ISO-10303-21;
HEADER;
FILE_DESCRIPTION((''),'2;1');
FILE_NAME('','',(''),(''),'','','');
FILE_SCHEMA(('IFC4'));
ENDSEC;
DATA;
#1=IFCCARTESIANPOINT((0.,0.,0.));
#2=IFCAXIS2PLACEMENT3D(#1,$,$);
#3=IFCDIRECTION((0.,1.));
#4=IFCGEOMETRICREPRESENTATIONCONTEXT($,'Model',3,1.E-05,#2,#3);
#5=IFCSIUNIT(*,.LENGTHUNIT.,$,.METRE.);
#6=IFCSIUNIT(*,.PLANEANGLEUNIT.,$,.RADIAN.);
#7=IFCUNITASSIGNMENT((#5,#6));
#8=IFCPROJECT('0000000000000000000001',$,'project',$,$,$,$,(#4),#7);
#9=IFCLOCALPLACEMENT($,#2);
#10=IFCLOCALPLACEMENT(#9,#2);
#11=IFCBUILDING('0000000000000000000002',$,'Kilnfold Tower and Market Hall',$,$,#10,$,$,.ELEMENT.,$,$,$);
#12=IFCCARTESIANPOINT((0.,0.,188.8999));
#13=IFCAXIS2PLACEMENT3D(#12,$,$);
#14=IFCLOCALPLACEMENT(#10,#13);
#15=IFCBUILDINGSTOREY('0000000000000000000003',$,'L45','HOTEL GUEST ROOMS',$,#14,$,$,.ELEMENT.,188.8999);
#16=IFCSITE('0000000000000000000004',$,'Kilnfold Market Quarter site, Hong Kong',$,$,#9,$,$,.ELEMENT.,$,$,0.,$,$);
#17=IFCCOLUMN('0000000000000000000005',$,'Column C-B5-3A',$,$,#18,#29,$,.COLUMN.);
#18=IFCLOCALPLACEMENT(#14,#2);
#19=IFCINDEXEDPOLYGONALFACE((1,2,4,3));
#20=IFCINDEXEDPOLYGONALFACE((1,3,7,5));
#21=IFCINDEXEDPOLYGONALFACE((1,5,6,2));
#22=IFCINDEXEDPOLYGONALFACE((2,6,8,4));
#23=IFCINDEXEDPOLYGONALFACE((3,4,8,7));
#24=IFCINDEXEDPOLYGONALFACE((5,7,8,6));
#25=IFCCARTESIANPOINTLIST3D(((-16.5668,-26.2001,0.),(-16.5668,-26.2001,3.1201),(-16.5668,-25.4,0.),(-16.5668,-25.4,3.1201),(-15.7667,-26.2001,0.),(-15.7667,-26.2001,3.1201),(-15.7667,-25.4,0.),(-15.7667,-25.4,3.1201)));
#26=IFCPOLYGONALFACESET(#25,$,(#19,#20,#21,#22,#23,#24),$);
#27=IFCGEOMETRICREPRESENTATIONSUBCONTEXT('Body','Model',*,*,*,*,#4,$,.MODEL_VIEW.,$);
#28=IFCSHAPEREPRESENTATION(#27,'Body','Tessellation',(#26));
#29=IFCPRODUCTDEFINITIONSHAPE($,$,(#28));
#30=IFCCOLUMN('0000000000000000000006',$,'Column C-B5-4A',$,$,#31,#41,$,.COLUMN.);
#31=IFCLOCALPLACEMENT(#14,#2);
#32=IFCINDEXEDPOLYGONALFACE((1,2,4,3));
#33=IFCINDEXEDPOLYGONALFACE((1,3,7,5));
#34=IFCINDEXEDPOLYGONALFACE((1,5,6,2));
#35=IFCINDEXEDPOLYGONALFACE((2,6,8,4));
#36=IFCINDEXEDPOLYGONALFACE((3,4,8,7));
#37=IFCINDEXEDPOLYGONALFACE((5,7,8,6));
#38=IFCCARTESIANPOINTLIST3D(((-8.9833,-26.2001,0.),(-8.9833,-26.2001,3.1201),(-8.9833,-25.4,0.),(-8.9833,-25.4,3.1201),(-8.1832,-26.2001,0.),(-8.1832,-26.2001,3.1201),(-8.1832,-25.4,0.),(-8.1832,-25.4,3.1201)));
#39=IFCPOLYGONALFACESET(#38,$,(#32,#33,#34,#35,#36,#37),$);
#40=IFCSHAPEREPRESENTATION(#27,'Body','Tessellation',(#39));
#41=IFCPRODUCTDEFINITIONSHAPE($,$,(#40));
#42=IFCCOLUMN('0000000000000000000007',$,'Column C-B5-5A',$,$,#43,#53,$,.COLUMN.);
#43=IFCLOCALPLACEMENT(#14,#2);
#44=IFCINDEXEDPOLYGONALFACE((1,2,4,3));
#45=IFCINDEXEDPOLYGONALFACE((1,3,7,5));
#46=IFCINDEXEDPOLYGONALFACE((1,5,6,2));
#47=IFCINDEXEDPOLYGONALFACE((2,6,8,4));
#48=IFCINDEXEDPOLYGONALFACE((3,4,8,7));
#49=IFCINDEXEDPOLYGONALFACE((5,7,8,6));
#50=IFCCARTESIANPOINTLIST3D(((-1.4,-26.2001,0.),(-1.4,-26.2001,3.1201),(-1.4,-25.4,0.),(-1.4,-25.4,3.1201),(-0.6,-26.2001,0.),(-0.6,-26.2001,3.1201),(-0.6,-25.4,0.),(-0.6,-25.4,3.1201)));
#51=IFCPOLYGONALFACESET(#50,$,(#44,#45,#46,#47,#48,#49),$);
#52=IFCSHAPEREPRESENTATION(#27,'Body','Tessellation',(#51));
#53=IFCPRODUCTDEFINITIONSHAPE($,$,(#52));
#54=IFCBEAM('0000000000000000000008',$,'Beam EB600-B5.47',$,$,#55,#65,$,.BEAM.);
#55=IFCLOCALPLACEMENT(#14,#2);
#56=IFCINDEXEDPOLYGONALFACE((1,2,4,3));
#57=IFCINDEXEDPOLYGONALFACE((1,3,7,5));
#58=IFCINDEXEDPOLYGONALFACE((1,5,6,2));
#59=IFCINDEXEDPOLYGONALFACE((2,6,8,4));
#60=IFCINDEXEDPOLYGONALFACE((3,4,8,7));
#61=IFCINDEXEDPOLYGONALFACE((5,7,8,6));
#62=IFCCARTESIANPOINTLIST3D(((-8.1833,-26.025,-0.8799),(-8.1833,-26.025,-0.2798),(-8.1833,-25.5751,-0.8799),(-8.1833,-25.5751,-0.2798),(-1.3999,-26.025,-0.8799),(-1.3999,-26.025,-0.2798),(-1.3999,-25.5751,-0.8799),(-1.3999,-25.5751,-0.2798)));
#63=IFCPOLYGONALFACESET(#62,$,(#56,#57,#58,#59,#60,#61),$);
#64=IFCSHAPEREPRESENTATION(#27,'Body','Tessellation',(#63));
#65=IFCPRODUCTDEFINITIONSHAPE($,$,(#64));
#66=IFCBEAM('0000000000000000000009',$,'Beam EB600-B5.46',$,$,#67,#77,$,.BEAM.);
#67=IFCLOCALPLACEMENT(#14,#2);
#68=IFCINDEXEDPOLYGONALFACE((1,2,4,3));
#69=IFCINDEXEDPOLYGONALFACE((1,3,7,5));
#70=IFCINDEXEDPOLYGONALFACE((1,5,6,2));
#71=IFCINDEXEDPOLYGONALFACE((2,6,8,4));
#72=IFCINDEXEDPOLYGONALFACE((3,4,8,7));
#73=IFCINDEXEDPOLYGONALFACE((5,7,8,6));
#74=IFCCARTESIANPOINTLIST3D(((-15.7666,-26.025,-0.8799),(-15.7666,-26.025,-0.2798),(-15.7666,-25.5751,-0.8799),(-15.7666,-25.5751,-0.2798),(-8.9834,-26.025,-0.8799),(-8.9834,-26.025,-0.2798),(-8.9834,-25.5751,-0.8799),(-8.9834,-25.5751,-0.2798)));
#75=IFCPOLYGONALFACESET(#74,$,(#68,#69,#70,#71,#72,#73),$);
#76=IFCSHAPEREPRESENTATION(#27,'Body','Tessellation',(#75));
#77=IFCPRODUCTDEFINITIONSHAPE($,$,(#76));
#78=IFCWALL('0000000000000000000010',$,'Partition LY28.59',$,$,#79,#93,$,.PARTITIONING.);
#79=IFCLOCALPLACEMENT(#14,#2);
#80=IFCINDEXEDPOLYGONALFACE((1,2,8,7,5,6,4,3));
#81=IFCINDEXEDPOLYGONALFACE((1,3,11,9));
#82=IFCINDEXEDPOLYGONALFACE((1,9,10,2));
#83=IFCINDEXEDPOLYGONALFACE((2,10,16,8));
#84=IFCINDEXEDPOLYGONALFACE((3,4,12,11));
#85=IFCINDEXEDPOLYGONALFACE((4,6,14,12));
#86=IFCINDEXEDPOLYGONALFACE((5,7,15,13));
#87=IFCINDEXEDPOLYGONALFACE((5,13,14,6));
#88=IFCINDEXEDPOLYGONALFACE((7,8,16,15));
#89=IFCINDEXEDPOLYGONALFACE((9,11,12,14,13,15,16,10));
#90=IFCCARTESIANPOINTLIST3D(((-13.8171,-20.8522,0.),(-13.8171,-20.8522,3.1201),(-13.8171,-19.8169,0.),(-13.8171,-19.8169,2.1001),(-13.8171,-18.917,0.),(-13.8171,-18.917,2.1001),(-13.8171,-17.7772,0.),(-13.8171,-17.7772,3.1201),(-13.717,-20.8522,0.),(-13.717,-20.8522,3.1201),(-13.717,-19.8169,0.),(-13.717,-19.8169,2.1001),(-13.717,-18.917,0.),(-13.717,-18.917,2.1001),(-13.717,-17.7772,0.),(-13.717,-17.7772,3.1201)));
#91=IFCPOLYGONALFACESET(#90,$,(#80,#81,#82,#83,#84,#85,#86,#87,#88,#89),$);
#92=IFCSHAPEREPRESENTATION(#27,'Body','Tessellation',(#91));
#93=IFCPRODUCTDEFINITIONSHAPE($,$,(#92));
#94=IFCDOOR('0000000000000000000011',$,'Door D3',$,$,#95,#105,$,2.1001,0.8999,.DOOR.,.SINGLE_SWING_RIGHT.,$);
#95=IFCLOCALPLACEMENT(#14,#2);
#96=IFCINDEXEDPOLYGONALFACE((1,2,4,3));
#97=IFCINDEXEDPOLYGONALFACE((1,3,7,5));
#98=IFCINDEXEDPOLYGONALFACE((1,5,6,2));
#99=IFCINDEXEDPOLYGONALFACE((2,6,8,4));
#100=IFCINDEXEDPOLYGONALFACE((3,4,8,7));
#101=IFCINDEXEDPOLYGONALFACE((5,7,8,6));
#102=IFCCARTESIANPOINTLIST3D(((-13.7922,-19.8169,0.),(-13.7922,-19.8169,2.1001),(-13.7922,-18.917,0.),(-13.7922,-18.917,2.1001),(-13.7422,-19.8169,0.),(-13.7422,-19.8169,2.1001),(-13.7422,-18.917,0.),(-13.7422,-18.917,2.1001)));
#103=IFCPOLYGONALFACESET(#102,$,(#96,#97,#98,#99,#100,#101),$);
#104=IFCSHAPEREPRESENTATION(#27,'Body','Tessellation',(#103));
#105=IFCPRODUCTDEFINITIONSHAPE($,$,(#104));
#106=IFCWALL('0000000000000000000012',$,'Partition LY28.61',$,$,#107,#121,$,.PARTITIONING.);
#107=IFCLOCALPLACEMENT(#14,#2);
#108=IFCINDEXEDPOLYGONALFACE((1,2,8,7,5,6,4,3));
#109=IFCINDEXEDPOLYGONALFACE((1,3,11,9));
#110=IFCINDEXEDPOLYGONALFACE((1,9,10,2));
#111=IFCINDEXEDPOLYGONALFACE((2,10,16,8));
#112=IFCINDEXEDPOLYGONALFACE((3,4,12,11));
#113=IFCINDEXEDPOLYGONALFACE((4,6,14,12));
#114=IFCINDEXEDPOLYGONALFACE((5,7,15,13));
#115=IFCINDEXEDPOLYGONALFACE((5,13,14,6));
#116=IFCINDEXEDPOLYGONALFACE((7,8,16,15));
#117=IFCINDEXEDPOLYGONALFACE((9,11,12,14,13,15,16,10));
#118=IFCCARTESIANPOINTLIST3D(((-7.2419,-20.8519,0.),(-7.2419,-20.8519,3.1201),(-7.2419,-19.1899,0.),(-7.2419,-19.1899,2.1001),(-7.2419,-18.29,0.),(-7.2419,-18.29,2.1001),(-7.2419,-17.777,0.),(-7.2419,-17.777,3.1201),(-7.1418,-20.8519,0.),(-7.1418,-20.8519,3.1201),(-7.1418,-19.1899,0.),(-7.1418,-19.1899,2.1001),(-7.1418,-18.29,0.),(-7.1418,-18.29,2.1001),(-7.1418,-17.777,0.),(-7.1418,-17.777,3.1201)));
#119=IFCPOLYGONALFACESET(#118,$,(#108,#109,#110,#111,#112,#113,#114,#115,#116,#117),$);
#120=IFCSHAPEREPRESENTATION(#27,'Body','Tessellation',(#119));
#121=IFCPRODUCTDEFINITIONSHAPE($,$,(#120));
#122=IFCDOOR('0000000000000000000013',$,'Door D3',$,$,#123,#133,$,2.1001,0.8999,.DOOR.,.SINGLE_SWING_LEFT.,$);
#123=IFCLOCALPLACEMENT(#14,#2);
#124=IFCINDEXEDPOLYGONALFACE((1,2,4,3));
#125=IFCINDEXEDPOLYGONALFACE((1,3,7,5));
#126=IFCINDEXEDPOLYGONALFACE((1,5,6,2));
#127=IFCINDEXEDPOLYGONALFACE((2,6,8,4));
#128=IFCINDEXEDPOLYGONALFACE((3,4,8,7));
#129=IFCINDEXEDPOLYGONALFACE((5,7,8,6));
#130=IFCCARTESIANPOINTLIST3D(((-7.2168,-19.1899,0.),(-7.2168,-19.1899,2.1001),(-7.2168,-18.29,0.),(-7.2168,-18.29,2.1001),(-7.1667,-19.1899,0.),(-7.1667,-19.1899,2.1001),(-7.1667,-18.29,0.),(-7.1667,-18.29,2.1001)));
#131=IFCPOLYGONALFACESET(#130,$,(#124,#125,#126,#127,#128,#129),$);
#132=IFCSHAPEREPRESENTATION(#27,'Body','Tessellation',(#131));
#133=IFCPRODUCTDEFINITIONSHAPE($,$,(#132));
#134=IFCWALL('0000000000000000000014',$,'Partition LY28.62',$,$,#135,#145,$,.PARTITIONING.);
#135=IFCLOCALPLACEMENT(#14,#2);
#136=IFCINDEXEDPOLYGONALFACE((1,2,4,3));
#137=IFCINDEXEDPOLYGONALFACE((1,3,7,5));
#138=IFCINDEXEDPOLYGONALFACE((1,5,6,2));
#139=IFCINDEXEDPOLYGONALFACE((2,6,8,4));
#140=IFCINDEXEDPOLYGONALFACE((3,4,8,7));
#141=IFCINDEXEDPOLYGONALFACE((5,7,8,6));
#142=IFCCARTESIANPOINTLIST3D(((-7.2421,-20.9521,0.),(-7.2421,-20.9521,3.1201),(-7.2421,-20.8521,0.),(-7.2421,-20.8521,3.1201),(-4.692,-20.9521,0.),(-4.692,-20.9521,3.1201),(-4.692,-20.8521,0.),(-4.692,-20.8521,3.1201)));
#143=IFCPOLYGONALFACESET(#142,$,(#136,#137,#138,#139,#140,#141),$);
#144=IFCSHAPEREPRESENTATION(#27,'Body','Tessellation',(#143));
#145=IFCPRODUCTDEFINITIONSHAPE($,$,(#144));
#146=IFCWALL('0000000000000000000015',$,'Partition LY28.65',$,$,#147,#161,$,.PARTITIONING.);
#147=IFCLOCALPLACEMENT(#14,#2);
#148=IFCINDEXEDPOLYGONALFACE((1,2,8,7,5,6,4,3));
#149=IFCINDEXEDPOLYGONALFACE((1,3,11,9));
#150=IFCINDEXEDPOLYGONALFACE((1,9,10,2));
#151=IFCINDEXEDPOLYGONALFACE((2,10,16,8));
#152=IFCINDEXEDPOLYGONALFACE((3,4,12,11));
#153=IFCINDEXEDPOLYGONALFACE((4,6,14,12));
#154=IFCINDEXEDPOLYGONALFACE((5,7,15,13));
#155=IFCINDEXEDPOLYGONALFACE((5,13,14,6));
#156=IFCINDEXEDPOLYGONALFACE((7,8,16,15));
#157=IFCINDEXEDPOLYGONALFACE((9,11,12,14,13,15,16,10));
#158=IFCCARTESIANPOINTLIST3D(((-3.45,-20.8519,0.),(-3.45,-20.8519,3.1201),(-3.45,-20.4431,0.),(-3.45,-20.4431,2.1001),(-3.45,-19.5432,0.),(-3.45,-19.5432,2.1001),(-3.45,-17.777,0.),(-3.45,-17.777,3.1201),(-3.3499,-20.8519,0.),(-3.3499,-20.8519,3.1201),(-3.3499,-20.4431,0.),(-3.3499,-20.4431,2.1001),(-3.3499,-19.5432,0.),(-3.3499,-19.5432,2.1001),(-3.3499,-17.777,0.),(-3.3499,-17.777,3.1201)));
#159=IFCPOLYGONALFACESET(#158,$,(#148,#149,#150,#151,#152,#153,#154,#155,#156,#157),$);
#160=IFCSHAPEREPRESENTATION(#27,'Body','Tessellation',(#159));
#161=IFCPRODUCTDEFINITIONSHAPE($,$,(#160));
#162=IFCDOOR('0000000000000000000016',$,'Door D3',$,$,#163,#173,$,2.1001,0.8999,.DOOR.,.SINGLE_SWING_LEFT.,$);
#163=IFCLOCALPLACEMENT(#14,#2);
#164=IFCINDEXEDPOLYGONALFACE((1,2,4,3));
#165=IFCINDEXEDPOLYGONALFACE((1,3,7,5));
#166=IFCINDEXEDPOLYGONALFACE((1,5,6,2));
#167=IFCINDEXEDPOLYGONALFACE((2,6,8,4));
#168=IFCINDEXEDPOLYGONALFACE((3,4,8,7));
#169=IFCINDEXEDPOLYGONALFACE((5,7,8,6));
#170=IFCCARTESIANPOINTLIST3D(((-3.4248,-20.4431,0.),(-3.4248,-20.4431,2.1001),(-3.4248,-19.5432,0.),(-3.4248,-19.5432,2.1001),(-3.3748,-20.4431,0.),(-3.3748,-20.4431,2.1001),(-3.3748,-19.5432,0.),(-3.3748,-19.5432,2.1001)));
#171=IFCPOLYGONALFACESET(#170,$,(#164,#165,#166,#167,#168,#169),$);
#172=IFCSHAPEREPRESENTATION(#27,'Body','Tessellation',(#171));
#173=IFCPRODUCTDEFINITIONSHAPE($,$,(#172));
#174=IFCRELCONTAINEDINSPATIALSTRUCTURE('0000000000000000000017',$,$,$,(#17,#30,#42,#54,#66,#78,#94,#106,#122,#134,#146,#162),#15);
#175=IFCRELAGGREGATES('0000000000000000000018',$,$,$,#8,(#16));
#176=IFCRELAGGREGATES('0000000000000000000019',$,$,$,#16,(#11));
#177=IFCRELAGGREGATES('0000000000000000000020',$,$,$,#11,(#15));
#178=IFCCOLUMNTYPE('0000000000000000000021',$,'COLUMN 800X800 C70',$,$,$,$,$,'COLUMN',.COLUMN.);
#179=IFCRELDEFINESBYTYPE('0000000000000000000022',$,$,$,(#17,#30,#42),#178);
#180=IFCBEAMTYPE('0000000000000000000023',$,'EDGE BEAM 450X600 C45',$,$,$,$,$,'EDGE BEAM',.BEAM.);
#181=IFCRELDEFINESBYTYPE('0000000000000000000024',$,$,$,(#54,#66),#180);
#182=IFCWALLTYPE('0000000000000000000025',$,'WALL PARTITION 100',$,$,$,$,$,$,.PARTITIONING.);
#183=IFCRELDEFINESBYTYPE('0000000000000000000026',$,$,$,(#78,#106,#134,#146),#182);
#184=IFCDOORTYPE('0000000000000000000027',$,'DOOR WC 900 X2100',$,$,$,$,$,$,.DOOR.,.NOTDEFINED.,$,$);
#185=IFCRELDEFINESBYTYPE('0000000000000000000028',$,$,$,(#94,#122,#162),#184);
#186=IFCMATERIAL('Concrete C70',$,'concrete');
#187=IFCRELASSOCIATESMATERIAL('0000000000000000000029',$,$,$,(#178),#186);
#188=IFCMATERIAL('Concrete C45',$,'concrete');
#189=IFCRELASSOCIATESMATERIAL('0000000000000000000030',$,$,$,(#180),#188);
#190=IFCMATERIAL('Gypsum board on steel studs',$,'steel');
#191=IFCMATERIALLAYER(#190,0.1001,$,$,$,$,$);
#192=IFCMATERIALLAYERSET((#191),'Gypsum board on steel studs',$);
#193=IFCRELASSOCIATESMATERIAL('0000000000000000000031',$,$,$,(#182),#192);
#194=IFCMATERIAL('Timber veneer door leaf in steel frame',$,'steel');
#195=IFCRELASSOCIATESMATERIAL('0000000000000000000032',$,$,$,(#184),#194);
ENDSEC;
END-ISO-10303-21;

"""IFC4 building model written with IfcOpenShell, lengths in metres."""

from ifc_helpers import new_model, si_unit, direction, frame, frame_2d, origin, origin_2d, place, context, subcontext, project, spatial, rectangle, extrude, source, transform, mapped, material, layer, layer_set, material_profile, profile_set, type_object, element, fill, save


model = new_model("IFC4")

# Units and contexts
model_context = context("Model", 3, precision=1e-05, world=origin(), true_north=direction((0.0, 1.0)))
body_context = subcontext(model_context, "Body", "Model", "MODEL_VIEW")
ifc_project = project(units=[si_unit("LENGTHUNIT", "METRE"), si_unit("PLANEANGLEUNIT", "RADIAN")], contexts=[model_context])

# Site, building, storey
site_placement = place(None, origin())
site = spatial("IfcSite", under=ifc_project, at=site_placement, Name="Kilnfold Market Quarter site, Hong Kong", CompositionType="ELEMENT", RefElevation=0.0)
building_placement = place(site_placement, origin())
building = spatial("IfcBuilding", under=site, at=building_placement, Name="Kilnfold Tower and Market Hall", CompositionType="ELEMENT")
storey_placement = place(building_placement, frame((0.0, 0.0, 188.8999)))
storey = spatial("IfcBuildingStorey", under=building, at=storey_placement, Name="L45", Description="HOTEL GUEST ROOMS", CompositionType="ELEMENT", Elevation=188.8999)

# Columns
ifc_material_1 = material(Name="Concrete C70", Category="concrete")
ifc_material_profile_1 = material_profile(ifc_material_1, rectangle(XDim=0.8, YDim=0.8, at=origin_2d()), Name="RC 800x800")
ifc_profile_set_1 = profile_set([ifc_material_profile_1], Name="Concrete C70")
column_type = type_object("IfcColumnType", Name="COLUMN 800X800 C70", ElementType="COLUMN", PredefinedType="COLUMN", material=ifc_profile_set_1)
shared_shape_1 = source(origin(), body_context, "Body", "SweptSolid", [
    extrude(rectangle(XDim=0.8, YDim=0.8, at=origin_2d()), origin(), (0.0, 0.0, 1.0), 3.1201),
])
for number, where, z_axis, x_axis, name in (
    (1, (-16.1667, -25.8, 0.0), (0.0, 0.0, 1.0), (1.0, 0.0, 0.0), "Column C-B5-3A"),
    (2, (-8.5833, -25.8, 0.0), (0.0, 0.0, 1.0), (1.0, 0.0, 0.0), "Column C-B5-4A"),
    (3, (-1.0, -25.8, 0.0), (0.0, 0.0, 1.0), (1.0, 0.0, 0.0), "Column C-B5-5A"),
):
    element("IfcColumn", number, at=place(storey_placement, frame(where, z_axis=z_axis, x_axis=x_axis)), inside=storey, type_object=column_type, Name=name, PredefinedType="COLUMN", context=body_context, shape_type="MappedRepresentation", body=[
        mapped(shared_shape_1, transform((0.0, 0.0, 0.0))),
    ])

# Beams
ifc_material_2 = material(Name="Concrete C45", Category="concrete")
ifc_material_profile_2 = material_profile(ifc_material_2, rectangle(XDim=0.45, YDim=0.6001, at=origin_2d()), Name="RC 450x600")
ifc_profile_set_2 = profile_set([ifc_material_profile_2], Name="Concrete C45")
beam_type = type_object("IfcBeamType", Name="EDGE BEAM 450X600 C45", ElementType="EDGE BEAM", PredefinedType="BEAM", material=ifc_profile_set_2)
shared_shape_2 = source(origin(), body_context, "Body", "SweptSolid", [
    extrude(rectangle(XDim=0.45, YDim=0.6001, at=origin_2d()), origin(), (0.0, 0.0, 1.0), 6.7834),
])
beam_1_placement = place(storey_placement, frame((-8.1833, -25.8, -0.5798), z_axis=(1.0, 0.0, 0.0), x_axis=(0.0, 1.0, 0.0)))
element("IfcBeam", 4, at=beam_1_placement, inside=storey, type_object=beam_type, Name="Beam EB600-B5.47", PredefinedType="BEAM", context=body_context, shape_type="MappedRepresentation", body=[
    mapped(shared_shape_2, transform((0.0, 0.0, 0.0))),
])
shared_shape_3 = source(origin(), body_context, "Body", "SweptSolid", [
    extrude(rectangle(XDim=0.45, YDim=0.6001, at=origin_2d()), origin(), (0.0, 0.0, 1.0), 6.7832),
])
beam_2_placement = place(storey_placement, frame((-15.7666, -25.8, -0.5798), z_axis=(1.0, 0.0, 0.0), x_axis=(0.0, 1.0, 0.0)))
element("IfcBeam", 5, at=beam_2_placement, inside=storey, type_object=beam_type, Name="Beam EB600-B5.46", PredefinedType="BEAM", context=body_context, shape_type="MappedRepresentation", body=[
    mapped(shared_shape_3, transform((0.0, 0.0, 0.0))),
])

# Walls, openings, doors
ifc_material_3 = material(Name="Gypsum board on steel studs", Category="steel")
ifc_layer_1 = layer(ifc_material_3, 0.1001)
ifc_layer_set_1 = layer_set([ifc_layer_1], Name="Gypsum board on steel studs")
wall_type_1 = type_object("IfcWallType", Name="WALL PARTITION 100", PredefinedType="PARTITIONING", material=ifc_layer_set_1)
wall_1_placement = place(storey_placement, frame((-13.7671, -17.7771, 0.0), z_axis=(0.0, 0.0, 1.0), x_axis=(0.0, -1.0, 0.0)))
wall_1 = element("IfcWall", 6, at=wall_1_placement, inside=storey, type_object=wall_type_1, Name="Partition LY28.59", PredefinedType="PARTITIONING", context=body_context, shape_type="SweptSolid", body=[
    extrude(rectangle(XDim=3.075, YDim=0.1001, at=frame_2d((1.5376, 0.0))), origin(), (0.0, 0.0, 1.0), 3.1201),
])
opening_1_placement = place(wall_1_placement, frame((1.1399, 0.0, 0.0)))
opening_1 = element("IfcOpeningElement", 7, at=opening_1_placement, cuts=wall_1, PredefinedType="OPENING", context=body_context, shape_type="SweptSolid", body=[
    extrude(rectangle(XDim=0.8999, YDim=2.1001, at=frame_2d((0.45, 1.05))), frame((0.0, 0.0601, 0.0), z_axis=(0.0, -1.0, 0.0), x_axis=(1.0, 0.0, 0.0)), (0.0, 0.0, 1.0), 0.1201),
])
ifc_material_4 = material(Name="Timber veneer door leaf in steel frame", Category="steel")
door_type = type_object("IfcDoorType", Name="DOOR WC 900 X2100", OperationType="NOTDEFINED", PredefinedType="DOOR", material=ifc_material_4)
door_1_placement = place(opening_1_placement, origin())
door_1 = element("IfcDoor", 8, at=door_1_placement, inside=storey, type_object=door_type, Name="Door D3", OperationType="SINGLE_SWING_RIGHT", OverallHeight=2.1001, OverallWidth=0.8999, PredefinedType="DOOR", context=body_context, shape_type="SweptSolid", body=[
    extrude(rectangle(XDim=0.8999, YDim=2.1001, at=frame_2d((0.45, 1.05))), frame((0.0, 0.0249, 0.0), z_axis=(0.0, -1.0, 0.0), x_axis=(1.0, 0.0, 0.0)), (0.0, 0.0, 1.0), 0.05),
])
fill(opening_1, door_1)
wall_2_placement = place(storey_placement, frame((-7.1919, -20.8521, 0.0), z_axis=(0.0, 0.0, 1.0), x_axis=(0.0, 1.0, 0.0)))
wall_2 = element("IfcWall", 9, at=wall_2_placement, inside=storey, type_object=wall_type_1, Name="Partition LY28.61", PredefinedType="PARTITIONING", context=body_context, shape_type="SweptSolid", body=[
    extrude(rectangle(XDim=3.075, YDim=0.1001, at=frame_2d((1.5376, 0.0))), origin(), (0.0, 0.0, 1.0), 3.1201),
])
opening_2_placement = place(wall_2_placement, frame((1.6621, 0.0, 0.0)))
opening_2 = element("IfcOpeningElement", 10, at=opening_2_placement, cuts=wall_2, PredefinedType="OPENING", context=body_context, shape_type="SweptSolid", body=[
    extrude(rectangle(XDim=0.8999, YDim=2.1001, at=frame_2d((0.45, 1.05))), frame((0.0, 0.0601, 0.0), z_axis=(0.0, -1.0, 0.0), x_axis=(1.0, 0.0, 0.0)), (0.0, 0.0, 1.0), 0.1201),
])
door_2_placement = place(opening_2_placement, origin())
door_2 = element("IfcDoor", 11, at=door_2_placement, inside=storey, type_object=door_type, Name="Door D3", OperationType="SINGLE_SWING_LEFT", OverallHeight=2.1001, OverallWidth=0.8999, PredefinedType="DOOR", context=body_context, shape_type="SweptSolid", body=[
    extrude(rectangle(XDim=0.8999, YDim=2.1001, at=frame_2d((0.45, 1.05))), frame((0.0, 0.0249, 0.0), z_axis=(0.0, -1.0, 0.0), x_axis=(1.0, 0.0, 0.0)), (0.0, 0.0, 1.0), 0.05),
])
fill(opening_2, door_2)

# Wall
wall_3_placement = place(storey_placement, frame((-7.2419, -20.9021, 0.0), z_axis=(0.0, 0.0, 1.0), x_axis=(1.0, 0.0, 0.0)))
element("IfcWall", 12, at=wall_3_placement, inside=storey, type_object=wall_type_1, Name="Partition LY28.62", PredefinedType="PARTITIONING", context=body_context, shape_type="SweptSolid", body=[
    extrude(rectangle(XDim=2.55, YDim=0.1001, at=frame_2d((1.2749, 0.0))), origin(), (0.0, 0.0, 1.0), 3.1201),
])

# Wall, opening, door
wall_4_placement = place(storey_placement, frame((-3.3999, -20.8521, 0.0), z_axis=(0.0, 0.0, 1.0), x_axis=(0.0, 1.0, 0.0)))
wall_4 = element("IfcWall", 13, at=wall_4_placement, inside=storey, type_object=wall_type_1, Name="Partition LY28.65", PredefinedType="PARTITIONING", context=body_context, shape_type="SweptSolid", body=[
    extrude(rectangle(XDim=3.075, YDim=0.1001, at=frame_2d((1.5376, 0.0))), origin(), (0.0, 0.0, 1.0), 3.1201),
])
opening_3_placement = place(wall_4_placement, frame((0.4089, 0.0, 0.0)))
opening_3 = element("IfcOpeningElement", 14, at=opening_3_placement, cuts=wall_4, PredefinedType="OPENING", context=body_context, shape_type="SweptSolid", body=[
    extrude(rectangle(XDim=0.8999, YDim=2.1001, at=frame_2d((0.45, 1.05))), frame((0.0, 0.0601, 0.0), z_axis=(0.0, -1.0, 0.0), x_axis=(1.0, 0.0, 0.0)), (0.0, 0.0, 1.0), 0.1201),
])
door_3_placement = place(opening_3_placement, origin())
door_3 = element("IfcDoor", 15, at=door_3_placement, inside=storey, type_object=door_type, Name="Door D3", OperationType="SINGLE_SWING_LEFT", OverallHeight=2.1001, OverallWidth=0.8999, PredefinedType="DOOR", context=body_context, shape_type="SweptSolid", body=[
    extrude(rectangle(XDim=0.8999, YDim=2.1001, at=frame_2d((0.45, 1.05))), frame((0.0, 0.0249, 0.0), z_axis=(0.0, -1.0, 0.0), x_axis=(1.0, 0.0, 0.0)), (0.0, 0.0, 1.0), 0.05),
])
fill(opening_3, door_3)

save(model, "model.ifc")
